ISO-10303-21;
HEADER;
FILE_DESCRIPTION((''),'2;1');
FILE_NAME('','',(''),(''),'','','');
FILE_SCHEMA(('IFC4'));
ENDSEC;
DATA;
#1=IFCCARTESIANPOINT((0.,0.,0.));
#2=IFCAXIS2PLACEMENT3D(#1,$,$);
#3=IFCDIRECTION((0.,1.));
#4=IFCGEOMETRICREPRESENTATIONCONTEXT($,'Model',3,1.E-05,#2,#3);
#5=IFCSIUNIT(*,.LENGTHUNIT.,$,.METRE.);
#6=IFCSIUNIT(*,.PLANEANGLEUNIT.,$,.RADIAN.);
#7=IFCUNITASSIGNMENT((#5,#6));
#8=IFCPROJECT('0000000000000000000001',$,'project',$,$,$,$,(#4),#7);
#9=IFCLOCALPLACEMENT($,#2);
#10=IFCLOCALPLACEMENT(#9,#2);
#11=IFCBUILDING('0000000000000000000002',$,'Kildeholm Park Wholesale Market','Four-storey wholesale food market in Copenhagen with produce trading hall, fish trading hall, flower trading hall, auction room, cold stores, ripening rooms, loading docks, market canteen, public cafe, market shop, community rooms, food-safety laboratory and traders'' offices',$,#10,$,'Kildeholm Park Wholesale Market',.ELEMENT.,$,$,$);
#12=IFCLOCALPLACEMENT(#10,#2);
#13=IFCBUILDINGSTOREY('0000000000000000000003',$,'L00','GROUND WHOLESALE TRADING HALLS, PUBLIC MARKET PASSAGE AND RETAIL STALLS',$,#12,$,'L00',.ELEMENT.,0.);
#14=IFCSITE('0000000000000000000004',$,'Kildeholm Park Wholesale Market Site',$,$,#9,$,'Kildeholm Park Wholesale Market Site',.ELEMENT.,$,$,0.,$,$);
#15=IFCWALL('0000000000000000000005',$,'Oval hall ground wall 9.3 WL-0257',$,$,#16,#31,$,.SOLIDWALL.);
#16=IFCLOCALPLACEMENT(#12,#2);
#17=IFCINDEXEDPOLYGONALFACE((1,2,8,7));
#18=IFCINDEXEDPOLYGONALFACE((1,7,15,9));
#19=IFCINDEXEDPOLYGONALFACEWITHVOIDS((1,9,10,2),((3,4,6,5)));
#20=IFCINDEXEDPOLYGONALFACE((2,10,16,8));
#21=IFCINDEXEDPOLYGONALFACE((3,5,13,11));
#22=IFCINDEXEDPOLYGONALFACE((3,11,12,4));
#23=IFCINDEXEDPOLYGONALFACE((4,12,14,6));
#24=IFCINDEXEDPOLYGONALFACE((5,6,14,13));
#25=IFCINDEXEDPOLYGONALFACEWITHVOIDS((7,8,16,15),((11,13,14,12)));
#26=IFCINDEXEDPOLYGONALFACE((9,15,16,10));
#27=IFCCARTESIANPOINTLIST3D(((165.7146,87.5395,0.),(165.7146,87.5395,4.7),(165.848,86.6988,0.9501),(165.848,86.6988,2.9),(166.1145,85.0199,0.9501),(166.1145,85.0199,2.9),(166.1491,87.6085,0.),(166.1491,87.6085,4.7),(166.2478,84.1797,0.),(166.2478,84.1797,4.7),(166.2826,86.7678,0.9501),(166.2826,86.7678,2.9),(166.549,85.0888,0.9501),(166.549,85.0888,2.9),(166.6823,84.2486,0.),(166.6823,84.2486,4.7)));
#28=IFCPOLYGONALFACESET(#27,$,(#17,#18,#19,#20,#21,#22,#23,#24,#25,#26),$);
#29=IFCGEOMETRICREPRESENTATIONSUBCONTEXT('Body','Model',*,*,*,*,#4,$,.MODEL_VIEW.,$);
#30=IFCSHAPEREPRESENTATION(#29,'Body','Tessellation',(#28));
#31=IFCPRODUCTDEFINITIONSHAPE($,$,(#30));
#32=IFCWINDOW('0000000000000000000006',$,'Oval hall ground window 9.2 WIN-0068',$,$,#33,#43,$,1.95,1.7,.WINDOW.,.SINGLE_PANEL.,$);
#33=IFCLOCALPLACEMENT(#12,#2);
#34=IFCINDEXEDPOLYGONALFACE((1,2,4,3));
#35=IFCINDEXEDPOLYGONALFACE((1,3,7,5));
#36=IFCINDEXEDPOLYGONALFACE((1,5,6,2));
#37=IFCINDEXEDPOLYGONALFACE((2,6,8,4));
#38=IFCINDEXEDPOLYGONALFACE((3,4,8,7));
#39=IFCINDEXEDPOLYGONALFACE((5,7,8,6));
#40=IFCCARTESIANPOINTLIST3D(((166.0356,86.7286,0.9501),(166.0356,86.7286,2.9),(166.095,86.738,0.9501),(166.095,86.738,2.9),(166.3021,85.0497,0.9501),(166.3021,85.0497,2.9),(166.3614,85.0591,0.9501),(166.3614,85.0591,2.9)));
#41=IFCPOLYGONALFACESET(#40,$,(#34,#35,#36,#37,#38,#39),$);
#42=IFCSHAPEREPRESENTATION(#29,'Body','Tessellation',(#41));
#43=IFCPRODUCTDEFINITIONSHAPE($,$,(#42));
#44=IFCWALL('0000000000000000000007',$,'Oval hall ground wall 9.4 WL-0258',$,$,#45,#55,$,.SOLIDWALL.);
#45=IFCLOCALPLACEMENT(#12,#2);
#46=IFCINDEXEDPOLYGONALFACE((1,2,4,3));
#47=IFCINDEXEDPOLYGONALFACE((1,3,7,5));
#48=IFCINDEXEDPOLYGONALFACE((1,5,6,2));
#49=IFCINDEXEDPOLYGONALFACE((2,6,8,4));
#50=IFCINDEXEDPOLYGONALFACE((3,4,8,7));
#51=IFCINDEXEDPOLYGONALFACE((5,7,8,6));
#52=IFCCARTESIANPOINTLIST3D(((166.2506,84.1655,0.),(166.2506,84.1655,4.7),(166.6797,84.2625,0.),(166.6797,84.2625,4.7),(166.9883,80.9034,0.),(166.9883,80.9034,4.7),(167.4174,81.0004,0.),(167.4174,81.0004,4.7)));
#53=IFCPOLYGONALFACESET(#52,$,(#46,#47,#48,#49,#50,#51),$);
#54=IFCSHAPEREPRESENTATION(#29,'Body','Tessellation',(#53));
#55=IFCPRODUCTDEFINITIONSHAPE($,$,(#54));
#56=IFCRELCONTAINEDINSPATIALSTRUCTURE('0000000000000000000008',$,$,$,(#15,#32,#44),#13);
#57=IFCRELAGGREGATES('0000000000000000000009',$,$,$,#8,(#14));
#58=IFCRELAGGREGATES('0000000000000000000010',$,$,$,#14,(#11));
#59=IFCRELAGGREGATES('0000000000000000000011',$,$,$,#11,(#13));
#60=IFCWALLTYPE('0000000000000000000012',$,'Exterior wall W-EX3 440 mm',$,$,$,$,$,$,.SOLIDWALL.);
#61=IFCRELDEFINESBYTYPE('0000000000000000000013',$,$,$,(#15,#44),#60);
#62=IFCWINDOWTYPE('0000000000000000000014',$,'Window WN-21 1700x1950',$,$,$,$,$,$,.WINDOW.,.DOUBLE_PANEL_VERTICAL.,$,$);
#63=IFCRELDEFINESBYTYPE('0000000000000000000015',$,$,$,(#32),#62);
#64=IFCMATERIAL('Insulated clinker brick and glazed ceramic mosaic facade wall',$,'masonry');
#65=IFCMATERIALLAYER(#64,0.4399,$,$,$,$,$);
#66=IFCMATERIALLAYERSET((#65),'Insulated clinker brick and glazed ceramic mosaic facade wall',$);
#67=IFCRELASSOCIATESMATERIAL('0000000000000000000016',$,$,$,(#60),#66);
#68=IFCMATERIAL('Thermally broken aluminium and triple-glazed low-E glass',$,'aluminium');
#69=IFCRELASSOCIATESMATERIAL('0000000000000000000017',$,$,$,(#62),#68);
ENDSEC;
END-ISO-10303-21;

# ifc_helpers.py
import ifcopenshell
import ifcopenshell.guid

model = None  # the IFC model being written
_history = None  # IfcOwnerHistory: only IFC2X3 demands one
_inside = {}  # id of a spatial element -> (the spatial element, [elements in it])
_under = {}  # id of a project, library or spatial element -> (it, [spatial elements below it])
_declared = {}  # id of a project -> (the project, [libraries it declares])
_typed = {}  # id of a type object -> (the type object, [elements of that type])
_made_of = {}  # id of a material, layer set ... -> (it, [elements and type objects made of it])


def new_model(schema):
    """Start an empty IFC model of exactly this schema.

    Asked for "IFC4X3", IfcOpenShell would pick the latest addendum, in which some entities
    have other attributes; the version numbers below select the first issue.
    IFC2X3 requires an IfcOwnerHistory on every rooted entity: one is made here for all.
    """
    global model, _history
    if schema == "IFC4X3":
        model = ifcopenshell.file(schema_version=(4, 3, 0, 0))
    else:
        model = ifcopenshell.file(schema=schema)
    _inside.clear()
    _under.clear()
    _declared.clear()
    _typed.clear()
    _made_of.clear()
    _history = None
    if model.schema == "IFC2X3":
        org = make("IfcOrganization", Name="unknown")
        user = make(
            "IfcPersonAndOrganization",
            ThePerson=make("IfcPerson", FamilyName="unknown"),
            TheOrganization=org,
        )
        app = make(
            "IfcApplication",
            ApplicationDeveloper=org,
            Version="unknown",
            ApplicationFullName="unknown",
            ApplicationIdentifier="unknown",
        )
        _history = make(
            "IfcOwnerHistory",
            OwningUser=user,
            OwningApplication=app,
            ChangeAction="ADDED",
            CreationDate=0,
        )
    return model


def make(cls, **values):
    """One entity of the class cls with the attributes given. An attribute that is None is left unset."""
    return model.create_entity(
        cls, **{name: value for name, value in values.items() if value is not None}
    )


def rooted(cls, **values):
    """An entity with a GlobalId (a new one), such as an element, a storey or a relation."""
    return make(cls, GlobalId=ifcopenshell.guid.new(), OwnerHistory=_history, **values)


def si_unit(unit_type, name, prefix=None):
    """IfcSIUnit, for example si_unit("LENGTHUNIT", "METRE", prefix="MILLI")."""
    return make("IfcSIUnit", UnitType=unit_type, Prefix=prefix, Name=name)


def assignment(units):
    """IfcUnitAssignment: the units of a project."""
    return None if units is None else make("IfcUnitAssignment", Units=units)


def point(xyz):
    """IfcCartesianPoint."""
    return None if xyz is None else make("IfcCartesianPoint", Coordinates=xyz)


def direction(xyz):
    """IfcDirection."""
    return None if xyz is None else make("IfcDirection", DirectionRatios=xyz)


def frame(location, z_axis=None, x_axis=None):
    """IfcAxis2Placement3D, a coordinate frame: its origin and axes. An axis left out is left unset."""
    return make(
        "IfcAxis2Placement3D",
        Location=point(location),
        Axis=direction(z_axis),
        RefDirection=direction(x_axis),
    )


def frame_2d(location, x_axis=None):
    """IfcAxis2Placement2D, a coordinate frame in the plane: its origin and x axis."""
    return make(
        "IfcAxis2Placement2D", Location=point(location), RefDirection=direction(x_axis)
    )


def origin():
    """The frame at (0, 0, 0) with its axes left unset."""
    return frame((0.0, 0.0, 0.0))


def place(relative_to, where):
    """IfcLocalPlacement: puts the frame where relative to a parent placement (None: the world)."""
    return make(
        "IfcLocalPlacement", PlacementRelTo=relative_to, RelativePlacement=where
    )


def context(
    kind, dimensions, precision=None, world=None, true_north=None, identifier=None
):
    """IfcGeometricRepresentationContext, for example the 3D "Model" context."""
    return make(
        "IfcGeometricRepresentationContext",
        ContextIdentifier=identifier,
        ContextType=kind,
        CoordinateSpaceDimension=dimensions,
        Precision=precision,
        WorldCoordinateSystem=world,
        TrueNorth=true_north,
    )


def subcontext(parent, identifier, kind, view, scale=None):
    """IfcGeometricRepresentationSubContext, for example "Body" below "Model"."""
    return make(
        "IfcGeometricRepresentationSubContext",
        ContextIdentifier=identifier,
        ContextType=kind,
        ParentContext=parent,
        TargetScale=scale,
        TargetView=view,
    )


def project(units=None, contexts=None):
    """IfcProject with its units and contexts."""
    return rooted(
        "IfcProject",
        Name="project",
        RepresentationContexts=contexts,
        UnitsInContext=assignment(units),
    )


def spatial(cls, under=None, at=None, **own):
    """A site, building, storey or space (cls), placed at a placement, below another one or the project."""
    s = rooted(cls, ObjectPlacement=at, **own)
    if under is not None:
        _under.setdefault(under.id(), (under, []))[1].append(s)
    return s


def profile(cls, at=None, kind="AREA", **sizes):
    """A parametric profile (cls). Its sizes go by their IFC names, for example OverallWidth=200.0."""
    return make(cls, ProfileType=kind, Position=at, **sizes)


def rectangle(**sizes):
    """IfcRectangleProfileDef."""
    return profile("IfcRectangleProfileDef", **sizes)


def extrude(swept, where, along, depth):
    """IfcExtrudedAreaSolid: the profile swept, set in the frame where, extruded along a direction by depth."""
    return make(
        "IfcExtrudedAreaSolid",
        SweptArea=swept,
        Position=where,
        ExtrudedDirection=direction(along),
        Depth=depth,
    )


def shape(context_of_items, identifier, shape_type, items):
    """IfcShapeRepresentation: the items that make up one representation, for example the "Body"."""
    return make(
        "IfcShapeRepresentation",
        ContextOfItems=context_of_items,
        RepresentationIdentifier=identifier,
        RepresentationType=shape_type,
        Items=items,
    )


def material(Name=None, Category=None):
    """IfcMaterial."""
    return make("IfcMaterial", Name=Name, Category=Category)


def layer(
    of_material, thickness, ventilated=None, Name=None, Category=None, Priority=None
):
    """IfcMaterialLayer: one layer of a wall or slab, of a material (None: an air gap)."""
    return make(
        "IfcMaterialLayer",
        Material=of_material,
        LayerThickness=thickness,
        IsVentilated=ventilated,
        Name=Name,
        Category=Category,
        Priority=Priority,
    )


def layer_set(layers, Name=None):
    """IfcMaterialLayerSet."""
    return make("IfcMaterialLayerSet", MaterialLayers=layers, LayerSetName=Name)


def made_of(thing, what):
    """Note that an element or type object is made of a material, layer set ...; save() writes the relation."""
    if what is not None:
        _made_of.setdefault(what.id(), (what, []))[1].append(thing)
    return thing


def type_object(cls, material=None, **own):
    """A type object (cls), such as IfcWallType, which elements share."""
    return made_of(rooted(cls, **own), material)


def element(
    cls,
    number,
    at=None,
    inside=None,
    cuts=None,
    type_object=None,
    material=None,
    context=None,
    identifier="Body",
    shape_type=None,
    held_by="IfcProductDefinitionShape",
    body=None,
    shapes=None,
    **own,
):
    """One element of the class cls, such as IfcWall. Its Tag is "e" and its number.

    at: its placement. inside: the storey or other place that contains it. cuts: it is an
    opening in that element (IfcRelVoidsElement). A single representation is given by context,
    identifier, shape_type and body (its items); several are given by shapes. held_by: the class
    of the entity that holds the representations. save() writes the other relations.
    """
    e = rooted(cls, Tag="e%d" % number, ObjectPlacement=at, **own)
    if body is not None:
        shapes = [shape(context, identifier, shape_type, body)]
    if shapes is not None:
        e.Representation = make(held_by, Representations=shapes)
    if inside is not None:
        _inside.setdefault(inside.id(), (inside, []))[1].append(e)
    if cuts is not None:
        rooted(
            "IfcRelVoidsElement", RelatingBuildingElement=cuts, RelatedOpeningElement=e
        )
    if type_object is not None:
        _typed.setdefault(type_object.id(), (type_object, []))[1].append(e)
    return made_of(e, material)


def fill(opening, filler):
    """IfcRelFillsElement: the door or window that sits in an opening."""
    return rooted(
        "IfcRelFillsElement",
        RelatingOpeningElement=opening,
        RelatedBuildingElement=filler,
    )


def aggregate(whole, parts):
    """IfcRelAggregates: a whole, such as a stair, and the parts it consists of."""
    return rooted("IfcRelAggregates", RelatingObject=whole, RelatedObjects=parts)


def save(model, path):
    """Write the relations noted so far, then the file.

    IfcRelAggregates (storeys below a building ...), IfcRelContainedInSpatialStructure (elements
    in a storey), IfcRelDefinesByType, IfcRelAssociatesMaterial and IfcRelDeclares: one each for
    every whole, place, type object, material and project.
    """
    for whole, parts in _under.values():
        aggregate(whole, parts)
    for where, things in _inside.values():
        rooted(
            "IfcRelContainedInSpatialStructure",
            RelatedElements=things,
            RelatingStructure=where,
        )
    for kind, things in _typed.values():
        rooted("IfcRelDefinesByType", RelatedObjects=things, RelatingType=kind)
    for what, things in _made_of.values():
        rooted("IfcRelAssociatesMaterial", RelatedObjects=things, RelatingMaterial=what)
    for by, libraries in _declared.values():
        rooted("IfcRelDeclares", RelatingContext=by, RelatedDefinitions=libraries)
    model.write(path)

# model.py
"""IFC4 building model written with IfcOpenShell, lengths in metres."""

from ifc_helpers import new_model, si_unit, direction, frame, frame_2d, origin, place, context, subcontext, project, spatial, rectangle, extrude, material, layer, layer_set, type_object, element, fill, save


model = new_model("IFC4")

# Units and contexts
model_context = context("Model", 3, precision=1e-05, world=origin(), true_north=direction((0.0, 1.0)))
body_context = subcontext(model_context, "Body", "Model", "MODEL_VIEW")
ifc_project = project(units=[si_unit("LENGTHUNIT", "METRE"), si_unit("PLANEANGLEUNIT", "RADIAN")], contexts=[model_context])

# Site, building, storey
site_placement = place(None, origin())
site = spatial("IfcSite", under=ifc_project, at=site_placement, Name="Kildeholm Park Wholesale Market Site", LongName="Kildeholm Park Wholesale Market Site", CompositionType="ELEMENT", RefElevation=0.0)
building_placement = place(site_placement, origin())
building = spatial("IfcBuilding", under=site, at=building_placement, Name="Kildeholm Park Wholesale Market", Description="Four-storey wholesale food market in Copenhagen with produce trading hall, fish trading hall, flower trading hall, auction room, cold stores, ripening rooms, loading docks, market canteen, public cafe, market shop, community rooms, food-safety laboratory and traders' offices", LongName="Kildeholm Park Wholesale Market", CompositionType="ELEMENT")
storey_placement = place(building_placement, origin())
storey = spatial("IfcBuildingStorey", under=building, at=storey_placement, Name="L00", Description="GROUND WHOLESALE TRADING HALLS, PUBLIC MARKET PASSAGE AND RETAIL STALLS", LongName="L00", CompositionType="ELEMENT", Elevation=0.0)

# Shared definitions
ifc_material_1 = material(Name="Insulated clinker brick and glazed ceramic mosaic facade wall", Category="masonry")
ifc_layer = layer(ifc_material_1, 0.4399)
ifc_layer_set = layer_set([ifc_layer], Name="Insulated clinker brick and glazed ceramic mosaic facade wall")
wall_type = type_object("IfcWallType", Name="Exterior wall W-EX3 440 mm", PredefinedType="SOLIDWALL", material=ifc_layer_set)

# Wall, opening, window
wall_1_placement = place(storey_placement, frame((165.9319, 87.574, 0.0), z_axis=(0.0, 0.0, 1.0), x_axis=(0.156736, -0.98764, 0.0)))
wall_1 = element("IfcWall", 1, at=wall_1_placement, inside=storey, type_object=wall_type, Name="Oval hall ground wall 9.3 WL-0257", PredefinedType="SOLIDWALL", context=body_context, shape_type="SweptSolid", body=[
    extrude(rectangle(XDim=3.4019, YDim=0.4399, at=frame_2d((1.7009, 0.0))), origin(), (0.0, 0.0, 1.0), 4.7),
])
opening_1_placement = place(wall_1_placement, frame((0.8511, 0.0, 0.95)))
opening_1 = element("IfcOpeningElement", 2, at=opening_1_placement, cuts=wall_1, PredefinedType="OPENING", context=body_context, shape_type="SweptSolid", body=[
    extrude(rectangle(XDim=1.7, YDim=1.95, at=frame_2d((0.8501, 0.9751))), frame((0.0, 0.23, 0.0), z_axis=(0.0, -1.0, 0.0), x_axis=(1.0, 0.0, 0.0)), (0.0, 0.0, 1.0), 0.46),
])
ifc_material_2 = material(Name="Thermally broken aluminium and triple-glazed low-E glass", Category="aluminium")
window_type = type_object("IfcWindowType", Name="Window WN-21 1700x1950", PartitioningType="DOUBLE_PANEL_VERTICAL", PredefinedType="WINDOW", material=ifc_material_2)
window_placement = place(opening_1_placement, origin())
window = element("IfcWindow", 3, at=window_placement, inside=storey, type_object=window_type, Name="Oval hall ground window 9.2 WIN-0068", OverallHeight=1.95, OverallWidth=1.7, PartitioningType="SINGLE_PANEL", PredefinedType="WINDOW", context=body_context, shape_type="SweptSolid", body=[
    extrude(rectangle(XDim=1.7, YDim=1.95, at=frame_2d((0.8501, 0.9751))), frame((0.0, 0.03, 0.0), z_axis=(0.0, -1.0, 0.0), x_axis=(1.0, 0.0, 0.0)), (0.0, 0.0, 1.0), 0.0601),
])
fill(opening_1, window)

# Wall
wall_2_placement = place(storey_placement, frame((166.4651, 84.2141, 0.0), z_axis=(0.0, 0.0, 1.0), x_axis=(0.220592, -0.975366, 0.0)))
element("IfcWall", 4, at=wall_2_placement, inside=storey, type_object=wall_type, Name="Oval hall ground wall 9.4 WL-0258", PredefinedType="SOLIDWALL", context=body_context, shape_type="SweptSolid", body=[
    extrude(rectangle(XDim=3.3445, YDim=0.4399, at=frame_2d((1.6724, 0.0))), origin(), (0.0, 0.0, 1.0), 4.7),
])

save(model, "model.ifc")
